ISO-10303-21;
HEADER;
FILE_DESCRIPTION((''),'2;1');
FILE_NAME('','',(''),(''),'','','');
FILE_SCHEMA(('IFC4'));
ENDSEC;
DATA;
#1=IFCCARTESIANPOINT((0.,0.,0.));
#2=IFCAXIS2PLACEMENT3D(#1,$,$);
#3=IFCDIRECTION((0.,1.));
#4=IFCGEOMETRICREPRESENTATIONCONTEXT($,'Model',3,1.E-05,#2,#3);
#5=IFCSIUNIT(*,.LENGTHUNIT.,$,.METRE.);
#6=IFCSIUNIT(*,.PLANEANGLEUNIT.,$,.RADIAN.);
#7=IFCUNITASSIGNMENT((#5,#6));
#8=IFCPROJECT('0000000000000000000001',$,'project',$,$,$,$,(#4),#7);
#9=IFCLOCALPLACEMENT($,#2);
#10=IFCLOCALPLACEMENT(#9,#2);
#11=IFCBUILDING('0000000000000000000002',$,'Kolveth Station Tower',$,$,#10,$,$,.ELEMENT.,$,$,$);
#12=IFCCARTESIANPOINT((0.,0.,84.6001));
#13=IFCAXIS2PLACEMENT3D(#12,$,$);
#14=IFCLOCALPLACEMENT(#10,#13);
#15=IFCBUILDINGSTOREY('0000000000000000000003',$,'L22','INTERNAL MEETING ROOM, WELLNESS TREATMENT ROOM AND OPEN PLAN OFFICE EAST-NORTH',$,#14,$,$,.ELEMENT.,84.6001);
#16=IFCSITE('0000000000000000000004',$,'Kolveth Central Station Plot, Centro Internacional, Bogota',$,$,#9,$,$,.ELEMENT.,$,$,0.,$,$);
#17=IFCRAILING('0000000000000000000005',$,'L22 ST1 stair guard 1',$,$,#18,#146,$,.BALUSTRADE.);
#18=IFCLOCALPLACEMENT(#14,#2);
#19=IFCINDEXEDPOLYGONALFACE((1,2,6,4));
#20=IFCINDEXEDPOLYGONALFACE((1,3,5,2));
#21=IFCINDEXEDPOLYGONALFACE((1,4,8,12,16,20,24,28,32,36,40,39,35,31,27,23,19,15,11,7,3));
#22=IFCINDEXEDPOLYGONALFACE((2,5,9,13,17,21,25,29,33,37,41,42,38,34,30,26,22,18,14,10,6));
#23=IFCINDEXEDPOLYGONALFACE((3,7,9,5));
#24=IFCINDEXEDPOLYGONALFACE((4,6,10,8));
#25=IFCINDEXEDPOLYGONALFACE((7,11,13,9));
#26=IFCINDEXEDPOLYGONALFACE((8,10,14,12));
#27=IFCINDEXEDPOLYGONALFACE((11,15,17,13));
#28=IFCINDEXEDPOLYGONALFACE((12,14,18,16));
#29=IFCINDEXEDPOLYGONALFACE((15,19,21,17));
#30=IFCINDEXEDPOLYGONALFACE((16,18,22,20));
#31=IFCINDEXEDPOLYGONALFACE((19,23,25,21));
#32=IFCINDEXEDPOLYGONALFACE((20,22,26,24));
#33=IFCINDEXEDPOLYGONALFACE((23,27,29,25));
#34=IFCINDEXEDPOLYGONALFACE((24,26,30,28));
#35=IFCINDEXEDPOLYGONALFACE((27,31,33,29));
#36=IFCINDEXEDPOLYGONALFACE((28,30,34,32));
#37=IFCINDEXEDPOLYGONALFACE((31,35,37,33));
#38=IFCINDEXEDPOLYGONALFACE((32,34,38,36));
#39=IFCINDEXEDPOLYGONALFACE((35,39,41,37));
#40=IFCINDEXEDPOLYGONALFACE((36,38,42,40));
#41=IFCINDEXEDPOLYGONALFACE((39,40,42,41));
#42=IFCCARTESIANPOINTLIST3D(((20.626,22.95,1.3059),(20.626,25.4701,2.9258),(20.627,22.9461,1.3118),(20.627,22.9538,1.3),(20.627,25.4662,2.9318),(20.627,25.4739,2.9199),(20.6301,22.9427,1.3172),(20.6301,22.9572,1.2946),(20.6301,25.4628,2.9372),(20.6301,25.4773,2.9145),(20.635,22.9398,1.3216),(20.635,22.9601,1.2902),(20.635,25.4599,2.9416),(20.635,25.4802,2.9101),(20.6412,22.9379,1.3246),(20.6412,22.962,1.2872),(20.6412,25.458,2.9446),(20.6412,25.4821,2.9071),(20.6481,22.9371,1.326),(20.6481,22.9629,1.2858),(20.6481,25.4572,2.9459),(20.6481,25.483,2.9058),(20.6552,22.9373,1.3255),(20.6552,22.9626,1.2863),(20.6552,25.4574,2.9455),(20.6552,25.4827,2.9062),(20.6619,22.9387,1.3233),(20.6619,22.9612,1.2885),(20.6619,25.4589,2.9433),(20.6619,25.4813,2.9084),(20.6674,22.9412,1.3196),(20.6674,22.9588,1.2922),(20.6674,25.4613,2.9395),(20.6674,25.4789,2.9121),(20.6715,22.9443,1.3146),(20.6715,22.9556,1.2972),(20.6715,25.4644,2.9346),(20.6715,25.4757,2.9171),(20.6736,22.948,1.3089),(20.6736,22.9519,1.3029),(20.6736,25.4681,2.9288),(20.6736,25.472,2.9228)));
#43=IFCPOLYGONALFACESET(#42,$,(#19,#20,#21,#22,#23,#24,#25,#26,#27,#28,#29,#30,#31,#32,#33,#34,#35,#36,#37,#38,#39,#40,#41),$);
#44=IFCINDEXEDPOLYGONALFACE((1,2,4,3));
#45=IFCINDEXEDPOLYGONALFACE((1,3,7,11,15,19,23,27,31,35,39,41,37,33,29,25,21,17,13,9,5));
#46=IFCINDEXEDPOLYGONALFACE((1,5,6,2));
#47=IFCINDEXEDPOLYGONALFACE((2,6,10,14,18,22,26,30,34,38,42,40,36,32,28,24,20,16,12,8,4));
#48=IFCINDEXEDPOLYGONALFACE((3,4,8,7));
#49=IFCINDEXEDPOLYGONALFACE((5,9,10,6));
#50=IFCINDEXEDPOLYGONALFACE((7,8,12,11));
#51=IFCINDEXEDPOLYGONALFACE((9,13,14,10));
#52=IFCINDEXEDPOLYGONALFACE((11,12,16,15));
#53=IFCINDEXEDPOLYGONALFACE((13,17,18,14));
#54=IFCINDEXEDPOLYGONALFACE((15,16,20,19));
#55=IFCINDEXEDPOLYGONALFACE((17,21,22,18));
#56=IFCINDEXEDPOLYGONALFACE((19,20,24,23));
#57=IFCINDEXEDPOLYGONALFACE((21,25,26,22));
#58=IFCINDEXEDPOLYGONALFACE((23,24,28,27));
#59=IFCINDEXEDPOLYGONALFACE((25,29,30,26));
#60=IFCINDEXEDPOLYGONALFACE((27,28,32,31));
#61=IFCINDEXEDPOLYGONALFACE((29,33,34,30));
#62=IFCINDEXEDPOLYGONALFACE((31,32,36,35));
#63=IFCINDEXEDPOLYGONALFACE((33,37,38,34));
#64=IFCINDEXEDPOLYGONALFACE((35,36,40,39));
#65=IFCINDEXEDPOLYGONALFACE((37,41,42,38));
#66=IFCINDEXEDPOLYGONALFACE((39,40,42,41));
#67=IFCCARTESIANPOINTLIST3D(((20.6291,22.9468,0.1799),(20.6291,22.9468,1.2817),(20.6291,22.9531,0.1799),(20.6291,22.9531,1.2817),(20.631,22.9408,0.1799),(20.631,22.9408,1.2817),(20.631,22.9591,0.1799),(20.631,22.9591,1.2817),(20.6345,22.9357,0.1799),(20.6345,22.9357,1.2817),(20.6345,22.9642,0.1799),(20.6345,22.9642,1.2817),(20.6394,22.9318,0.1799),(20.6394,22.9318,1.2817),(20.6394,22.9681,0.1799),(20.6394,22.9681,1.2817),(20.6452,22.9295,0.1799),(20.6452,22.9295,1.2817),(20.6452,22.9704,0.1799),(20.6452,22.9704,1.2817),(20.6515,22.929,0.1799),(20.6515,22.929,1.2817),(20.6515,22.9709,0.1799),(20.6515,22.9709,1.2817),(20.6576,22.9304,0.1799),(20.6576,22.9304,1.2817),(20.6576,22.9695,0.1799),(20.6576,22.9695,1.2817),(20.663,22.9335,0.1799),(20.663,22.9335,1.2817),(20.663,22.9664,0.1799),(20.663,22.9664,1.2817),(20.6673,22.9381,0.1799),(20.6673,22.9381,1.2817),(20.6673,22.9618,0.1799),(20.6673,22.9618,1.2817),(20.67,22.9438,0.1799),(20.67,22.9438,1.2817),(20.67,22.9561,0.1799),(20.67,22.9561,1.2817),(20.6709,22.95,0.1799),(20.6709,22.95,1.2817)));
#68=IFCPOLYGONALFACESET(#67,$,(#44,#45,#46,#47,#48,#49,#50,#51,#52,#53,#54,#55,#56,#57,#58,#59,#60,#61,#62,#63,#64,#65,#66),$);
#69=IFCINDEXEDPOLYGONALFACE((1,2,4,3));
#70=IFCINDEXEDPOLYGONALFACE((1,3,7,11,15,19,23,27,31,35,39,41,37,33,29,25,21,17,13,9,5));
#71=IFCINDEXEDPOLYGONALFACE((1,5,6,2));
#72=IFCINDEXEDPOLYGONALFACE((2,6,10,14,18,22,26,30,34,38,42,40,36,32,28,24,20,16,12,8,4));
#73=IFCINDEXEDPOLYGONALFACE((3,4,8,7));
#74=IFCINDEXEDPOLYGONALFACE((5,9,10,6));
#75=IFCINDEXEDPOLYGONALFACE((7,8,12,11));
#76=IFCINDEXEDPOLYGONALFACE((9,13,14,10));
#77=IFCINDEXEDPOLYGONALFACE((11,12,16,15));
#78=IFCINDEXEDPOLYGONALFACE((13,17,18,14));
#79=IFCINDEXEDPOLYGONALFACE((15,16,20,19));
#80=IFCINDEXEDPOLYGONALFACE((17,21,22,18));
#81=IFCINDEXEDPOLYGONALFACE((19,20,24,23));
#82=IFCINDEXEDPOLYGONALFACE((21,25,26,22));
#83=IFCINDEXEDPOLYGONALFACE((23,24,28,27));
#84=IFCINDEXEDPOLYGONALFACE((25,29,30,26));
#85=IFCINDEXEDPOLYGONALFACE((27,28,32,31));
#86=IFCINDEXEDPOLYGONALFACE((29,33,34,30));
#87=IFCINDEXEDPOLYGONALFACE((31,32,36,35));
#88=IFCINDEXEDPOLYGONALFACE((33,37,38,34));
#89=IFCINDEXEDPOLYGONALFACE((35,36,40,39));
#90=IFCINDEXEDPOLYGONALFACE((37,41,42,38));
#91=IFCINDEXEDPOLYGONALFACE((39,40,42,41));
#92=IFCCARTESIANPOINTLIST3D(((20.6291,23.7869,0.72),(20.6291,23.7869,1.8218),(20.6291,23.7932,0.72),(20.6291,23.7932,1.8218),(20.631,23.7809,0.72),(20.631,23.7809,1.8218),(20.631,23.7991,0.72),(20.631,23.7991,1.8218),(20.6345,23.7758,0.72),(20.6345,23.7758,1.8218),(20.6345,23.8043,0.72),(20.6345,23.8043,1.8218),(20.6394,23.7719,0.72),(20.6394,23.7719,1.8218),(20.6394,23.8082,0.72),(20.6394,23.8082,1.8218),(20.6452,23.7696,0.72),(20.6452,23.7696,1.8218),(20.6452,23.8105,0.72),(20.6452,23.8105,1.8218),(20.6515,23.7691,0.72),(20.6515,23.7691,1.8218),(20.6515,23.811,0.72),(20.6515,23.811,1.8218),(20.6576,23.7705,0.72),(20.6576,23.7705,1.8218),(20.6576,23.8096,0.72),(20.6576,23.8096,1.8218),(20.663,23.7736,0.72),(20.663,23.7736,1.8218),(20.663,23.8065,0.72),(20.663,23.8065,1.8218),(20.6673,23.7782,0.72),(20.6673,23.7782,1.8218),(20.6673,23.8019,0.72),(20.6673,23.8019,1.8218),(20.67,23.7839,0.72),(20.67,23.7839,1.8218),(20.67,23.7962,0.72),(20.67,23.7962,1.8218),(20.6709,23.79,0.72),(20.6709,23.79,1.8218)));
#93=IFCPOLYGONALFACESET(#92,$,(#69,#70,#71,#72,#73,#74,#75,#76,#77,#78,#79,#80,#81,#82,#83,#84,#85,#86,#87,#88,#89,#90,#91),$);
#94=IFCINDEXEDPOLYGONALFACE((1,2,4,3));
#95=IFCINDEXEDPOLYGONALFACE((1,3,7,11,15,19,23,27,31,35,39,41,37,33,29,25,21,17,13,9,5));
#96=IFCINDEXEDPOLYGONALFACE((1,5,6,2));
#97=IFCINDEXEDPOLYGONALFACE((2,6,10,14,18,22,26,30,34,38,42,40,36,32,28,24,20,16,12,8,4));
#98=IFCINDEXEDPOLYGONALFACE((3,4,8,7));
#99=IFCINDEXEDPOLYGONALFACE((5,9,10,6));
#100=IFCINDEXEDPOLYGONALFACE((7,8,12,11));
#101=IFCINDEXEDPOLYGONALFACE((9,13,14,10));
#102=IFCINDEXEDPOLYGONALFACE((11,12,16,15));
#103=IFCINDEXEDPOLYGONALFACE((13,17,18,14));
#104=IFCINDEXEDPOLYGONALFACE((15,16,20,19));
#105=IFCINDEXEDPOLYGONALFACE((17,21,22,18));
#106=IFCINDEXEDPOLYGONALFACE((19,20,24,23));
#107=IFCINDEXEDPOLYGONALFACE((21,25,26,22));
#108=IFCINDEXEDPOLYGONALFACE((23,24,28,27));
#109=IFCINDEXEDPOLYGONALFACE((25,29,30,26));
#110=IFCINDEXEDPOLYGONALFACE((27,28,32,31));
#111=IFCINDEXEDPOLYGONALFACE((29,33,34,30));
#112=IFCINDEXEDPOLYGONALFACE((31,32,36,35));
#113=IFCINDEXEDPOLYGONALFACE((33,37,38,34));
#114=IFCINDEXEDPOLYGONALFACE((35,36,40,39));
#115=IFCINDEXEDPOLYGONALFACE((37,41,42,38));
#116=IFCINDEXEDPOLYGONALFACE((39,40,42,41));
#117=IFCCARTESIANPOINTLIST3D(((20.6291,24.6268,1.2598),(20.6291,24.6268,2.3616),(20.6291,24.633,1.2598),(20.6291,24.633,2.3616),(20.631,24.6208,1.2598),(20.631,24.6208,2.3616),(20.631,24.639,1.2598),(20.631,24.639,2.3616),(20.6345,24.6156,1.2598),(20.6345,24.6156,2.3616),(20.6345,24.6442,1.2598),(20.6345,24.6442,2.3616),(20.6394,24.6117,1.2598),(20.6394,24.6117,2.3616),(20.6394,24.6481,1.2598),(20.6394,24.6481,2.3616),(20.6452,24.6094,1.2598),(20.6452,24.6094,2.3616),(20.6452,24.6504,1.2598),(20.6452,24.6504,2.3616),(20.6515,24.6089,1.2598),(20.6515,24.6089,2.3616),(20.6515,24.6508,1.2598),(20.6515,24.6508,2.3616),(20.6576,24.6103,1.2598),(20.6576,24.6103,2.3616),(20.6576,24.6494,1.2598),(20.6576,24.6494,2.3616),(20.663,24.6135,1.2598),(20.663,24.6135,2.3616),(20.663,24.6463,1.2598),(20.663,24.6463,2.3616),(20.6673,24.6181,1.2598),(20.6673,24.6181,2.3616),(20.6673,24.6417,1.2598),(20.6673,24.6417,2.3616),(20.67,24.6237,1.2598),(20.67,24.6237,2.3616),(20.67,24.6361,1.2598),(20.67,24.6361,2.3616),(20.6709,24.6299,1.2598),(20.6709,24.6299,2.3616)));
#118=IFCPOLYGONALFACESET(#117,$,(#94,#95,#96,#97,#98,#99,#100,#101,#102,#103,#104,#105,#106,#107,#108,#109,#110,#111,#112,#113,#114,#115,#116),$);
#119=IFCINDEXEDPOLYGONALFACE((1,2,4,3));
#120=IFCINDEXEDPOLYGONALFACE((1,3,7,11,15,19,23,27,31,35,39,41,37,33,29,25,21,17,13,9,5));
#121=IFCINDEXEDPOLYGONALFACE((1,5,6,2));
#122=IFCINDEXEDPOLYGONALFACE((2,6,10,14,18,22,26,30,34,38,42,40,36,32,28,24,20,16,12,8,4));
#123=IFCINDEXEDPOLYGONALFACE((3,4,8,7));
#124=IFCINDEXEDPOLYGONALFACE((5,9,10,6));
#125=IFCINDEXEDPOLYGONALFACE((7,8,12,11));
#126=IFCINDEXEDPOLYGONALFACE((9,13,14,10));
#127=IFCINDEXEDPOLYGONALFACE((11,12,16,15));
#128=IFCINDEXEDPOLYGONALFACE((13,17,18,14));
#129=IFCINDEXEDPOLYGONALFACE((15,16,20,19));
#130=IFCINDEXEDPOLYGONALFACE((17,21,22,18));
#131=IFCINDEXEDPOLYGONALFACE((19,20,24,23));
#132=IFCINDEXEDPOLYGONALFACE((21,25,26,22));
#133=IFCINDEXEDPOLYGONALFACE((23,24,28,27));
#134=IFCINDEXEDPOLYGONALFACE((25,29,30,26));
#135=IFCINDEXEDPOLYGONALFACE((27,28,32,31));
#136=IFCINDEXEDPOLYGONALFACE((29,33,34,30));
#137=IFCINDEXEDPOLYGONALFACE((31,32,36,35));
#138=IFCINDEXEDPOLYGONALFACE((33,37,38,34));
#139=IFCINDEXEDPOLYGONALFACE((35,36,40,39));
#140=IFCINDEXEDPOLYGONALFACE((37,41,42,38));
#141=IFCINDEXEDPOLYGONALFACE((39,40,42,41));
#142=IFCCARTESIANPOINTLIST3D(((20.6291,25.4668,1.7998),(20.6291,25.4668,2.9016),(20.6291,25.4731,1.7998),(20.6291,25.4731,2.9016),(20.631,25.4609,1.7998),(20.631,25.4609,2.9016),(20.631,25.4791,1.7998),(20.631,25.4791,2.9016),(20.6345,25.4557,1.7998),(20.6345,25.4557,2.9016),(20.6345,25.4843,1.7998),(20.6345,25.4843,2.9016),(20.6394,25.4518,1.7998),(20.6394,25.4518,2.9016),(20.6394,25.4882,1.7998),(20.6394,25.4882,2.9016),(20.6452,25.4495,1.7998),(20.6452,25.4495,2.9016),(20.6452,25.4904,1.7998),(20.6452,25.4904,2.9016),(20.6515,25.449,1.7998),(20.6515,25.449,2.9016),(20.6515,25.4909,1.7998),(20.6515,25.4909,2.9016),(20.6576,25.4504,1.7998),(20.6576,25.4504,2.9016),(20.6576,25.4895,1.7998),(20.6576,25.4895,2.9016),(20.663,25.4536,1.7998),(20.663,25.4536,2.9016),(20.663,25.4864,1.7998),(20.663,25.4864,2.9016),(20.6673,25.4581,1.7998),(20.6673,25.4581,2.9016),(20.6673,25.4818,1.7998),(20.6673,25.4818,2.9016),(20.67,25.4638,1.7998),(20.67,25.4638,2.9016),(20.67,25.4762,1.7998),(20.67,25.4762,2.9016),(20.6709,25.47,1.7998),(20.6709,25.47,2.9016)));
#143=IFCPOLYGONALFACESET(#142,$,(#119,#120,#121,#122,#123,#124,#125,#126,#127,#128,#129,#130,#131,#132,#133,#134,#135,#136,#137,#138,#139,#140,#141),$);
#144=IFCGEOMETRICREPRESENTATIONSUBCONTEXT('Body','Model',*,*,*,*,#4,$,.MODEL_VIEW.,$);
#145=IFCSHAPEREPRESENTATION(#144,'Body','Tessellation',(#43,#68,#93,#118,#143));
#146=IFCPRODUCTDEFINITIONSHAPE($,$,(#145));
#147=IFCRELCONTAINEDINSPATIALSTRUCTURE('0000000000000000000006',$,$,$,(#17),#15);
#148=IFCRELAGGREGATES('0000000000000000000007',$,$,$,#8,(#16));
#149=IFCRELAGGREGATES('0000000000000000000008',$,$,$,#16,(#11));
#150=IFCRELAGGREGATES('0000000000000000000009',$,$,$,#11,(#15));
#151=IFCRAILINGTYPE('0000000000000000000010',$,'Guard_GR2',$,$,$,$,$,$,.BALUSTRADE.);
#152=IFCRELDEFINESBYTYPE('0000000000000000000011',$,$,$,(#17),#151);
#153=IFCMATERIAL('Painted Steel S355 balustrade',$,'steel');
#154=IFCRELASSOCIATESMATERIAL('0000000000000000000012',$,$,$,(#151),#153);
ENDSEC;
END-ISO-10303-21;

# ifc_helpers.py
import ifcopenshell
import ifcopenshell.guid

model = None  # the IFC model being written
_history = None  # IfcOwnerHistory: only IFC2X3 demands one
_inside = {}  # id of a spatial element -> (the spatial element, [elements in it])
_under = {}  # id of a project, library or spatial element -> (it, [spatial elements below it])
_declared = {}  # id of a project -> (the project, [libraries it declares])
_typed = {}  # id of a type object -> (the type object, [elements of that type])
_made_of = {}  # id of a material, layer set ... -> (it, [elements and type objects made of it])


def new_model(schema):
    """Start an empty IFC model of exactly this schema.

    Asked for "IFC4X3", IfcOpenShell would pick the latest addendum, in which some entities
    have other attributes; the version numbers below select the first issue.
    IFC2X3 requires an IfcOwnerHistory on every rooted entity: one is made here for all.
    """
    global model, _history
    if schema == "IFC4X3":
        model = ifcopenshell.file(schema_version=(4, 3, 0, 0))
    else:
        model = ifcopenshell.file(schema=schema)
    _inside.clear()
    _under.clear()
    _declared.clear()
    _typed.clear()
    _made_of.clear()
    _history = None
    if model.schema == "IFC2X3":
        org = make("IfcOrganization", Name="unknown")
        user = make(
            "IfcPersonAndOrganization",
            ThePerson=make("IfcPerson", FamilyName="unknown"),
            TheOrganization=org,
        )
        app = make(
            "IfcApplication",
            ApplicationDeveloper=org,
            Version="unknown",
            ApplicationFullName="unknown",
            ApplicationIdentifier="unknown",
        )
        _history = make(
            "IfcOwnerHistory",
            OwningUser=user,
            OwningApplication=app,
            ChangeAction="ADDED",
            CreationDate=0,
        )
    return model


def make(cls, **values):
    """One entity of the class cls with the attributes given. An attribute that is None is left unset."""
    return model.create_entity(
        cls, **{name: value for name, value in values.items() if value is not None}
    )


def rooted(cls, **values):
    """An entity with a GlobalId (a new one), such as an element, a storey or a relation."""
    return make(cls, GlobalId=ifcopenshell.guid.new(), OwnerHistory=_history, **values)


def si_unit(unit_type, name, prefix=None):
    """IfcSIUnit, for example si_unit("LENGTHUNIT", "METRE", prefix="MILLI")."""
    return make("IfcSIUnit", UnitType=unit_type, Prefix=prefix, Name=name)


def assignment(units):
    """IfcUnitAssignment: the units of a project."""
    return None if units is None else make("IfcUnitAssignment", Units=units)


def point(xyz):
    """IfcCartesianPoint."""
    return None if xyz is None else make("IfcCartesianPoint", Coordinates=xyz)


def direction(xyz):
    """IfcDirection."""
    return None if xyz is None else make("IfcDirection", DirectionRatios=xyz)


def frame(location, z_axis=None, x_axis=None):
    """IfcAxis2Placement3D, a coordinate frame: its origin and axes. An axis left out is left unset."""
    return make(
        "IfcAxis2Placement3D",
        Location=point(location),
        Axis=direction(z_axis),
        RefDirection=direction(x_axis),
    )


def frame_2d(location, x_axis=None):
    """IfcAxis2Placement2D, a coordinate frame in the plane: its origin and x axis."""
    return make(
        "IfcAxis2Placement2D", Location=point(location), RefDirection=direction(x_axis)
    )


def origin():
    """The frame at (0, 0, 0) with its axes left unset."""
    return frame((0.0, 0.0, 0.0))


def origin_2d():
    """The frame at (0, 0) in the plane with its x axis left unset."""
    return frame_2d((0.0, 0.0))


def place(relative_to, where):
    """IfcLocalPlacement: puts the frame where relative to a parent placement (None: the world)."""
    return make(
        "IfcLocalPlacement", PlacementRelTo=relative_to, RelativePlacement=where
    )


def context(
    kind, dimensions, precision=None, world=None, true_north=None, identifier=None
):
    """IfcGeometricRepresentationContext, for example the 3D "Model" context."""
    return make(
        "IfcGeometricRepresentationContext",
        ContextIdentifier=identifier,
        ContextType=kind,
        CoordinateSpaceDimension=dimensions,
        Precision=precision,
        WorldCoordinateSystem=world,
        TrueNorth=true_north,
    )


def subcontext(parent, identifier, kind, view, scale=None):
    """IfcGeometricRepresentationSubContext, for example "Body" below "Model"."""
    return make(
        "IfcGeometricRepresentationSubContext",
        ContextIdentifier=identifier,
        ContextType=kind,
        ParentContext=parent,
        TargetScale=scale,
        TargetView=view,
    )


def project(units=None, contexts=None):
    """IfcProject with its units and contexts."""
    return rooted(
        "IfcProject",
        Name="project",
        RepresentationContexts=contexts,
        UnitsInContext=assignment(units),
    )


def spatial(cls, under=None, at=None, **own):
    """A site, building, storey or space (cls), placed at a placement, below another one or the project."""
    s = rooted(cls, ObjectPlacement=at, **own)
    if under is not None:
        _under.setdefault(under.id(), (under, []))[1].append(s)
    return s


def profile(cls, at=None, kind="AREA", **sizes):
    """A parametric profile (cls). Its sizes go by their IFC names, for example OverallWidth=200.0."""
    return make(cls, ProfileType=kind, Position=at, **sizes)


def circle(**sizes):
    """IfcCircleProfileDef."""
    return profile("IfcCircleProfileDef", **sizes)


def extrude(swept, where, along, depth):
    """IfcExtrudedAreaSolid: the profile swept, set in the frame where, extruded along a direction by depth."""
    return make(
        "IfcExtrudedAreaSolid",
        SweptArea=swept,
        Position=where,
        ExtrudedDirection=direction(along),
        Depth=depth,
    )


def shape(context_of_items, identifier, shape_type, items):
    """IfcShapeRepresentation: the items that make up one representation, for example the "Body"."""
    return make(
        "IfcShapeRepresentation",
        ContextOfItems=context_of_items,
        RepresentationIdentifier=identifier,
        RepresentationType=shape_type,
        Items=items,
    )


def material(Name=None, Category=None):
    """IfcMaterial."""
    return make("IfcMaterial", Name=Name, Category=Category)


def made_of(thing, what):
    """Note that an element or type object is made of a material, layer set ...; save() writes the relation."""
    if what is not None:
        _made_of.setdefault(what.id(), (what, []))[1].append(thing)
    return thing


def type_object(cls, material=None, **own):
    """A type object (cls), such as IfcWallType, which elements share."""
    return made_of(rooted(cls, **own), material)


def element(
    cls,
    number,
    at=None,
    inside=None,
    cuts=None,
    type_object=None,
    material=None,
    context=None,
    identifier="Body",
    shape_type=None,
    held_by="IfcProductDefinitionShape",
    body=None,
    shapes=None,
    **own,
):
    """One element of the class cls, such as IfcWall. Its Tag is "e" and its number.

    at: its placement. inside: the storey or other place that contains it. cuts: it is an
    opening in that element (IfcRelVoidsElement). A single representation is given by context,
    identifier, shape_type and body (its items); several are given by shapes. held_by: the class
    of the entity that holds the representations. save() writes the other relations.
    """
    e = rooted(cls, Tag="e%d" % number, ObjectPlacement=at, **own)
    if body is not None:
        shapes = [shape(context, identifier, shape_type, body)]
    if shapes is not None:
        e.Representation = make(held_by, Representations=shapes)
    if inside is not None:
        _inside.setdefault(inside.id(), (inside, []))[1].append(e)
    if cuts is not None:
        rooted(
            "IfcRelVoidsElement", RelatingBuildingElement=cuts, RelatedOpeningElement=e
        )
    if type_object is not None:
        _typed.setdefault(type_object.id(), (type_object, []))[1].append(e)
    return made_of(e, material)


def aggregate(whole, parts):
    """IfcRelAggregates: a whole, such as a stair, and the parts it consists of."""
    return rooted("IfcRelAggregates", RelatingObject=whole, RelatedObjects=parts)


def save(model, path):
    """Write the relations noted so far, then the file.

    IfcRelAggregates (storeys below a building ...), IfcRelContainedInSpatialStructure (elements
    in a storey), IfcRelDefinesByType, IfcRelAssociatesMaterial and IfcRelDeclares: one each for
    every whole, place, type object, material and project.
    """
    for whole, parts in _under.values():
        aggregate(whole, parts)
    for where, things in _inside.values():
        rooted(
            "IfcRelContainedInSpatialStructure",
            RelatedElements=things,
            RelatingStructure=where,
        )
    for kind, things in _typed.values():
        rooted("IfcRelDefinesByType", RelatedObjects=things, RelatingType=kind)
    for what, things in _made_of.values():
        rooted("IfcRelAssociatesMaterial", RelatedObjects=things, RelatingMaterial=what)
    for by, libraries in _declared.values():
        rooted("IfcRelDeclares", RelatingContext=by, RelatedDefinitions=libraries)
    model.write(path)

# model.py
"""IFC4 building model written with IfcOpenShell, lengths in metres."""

from ifc_helpers import new_model, si_unit, direction, frame, origin, origin_2d, place, context, subcontext, project, spatial, circle, extrude, material, type_object, element, save


model = new_model("IFC4")

# Units and contexts
model_context = context("Model", 3, precision=1e-05, world=origin(), true_north=direction((0.0, 1.0)))
body_context = subcontext(model_context, "Body", "Model", "MODEL_VIEW")
ifc_project = project(units=[si_unit("LENGTHUNIT", "METRE"), si_unit("PLANEANGLEUNIT", "RADIAN")], contexts=[model_context])

# Site, building, storey
site_placement = place(None, origin())
site = spatial("IfcSite", under=ifc_project, at=site_placement, Name="Kolveth Central Station Plot, Centro Internacional, Bogota", CompositionType="ELEMENT", RefElevation=0.0)
building_placement = place(site_placement, origin())
building = spatial("IfcBuilding", under=site, at=building_placement, Name="Kolveth Station Tower", CompositionType="ELEMENT")
storey_placement = place(building_placement, frame((0.0, 0.0, 84.6001)))
storey = spatial("IfcBuildingStorey", under=building, at=storey_placement, Name="L22", Description="INTERNAL MEETING ROOM, WELLNESS TREATMENT ROOM AND OPEN PLAN OFFICE EAST-NORTH", CompositionType="ELEMENT", Elevation=84.6001)

# Railing
ifc_material_1 = material(Name="Painted Steel S355 balustrade", Category="steel")
railing_type_1 = type_object("IfcRailingType", Name="Guard_GR2", PredefinedType="BALUSTRADE", material=ifc_material_1)
railing_1_placement = place(storey_placement, frame((20.6499, 22.95, 0.1799)))
element("IfcRailing", 1, at=railing_1_placement, inside=storey, type_object=railing_type_1, Name="L22 ST1 stair guard 1", PredefinedType="BALUSTRADE", context=body_context, shape_type="SweptSolid", body=[
    extrude(circle(Radius=0.0239, at=origin_2d()), frame((0.0, 0.0, 1.126), z_axis=(0.0, 0.8412, 0.540725), x_axis=(-1.0, 0.0, 0.0)), (0.0, 0.0, 1.0), 2.9958),
    extrude(circle(Radius=0.021, at=origin_2d()), origin(), (0.0, 0.0, 1.0), 1.1018),
    extrude(circle(Radius=0.021, at=origin_2d()), frame((0.0, 0.8401, 0.54)), (0.0, 0.0, 1.0), 1.1018),
    extrude(circle(Radius=0.021, at=origin_2d()), frame((0.0, 1.6799, 1.0798)), (0.0, 0.0, 1.0), 1.1018),
    extrude(circle(Radius=0.021, at=origin_2d()), frame((0.0, 2.52, 1.6199)), (0.0, 0.0, 1.0), 1.1018),
])

save(model, "model.ifc")
